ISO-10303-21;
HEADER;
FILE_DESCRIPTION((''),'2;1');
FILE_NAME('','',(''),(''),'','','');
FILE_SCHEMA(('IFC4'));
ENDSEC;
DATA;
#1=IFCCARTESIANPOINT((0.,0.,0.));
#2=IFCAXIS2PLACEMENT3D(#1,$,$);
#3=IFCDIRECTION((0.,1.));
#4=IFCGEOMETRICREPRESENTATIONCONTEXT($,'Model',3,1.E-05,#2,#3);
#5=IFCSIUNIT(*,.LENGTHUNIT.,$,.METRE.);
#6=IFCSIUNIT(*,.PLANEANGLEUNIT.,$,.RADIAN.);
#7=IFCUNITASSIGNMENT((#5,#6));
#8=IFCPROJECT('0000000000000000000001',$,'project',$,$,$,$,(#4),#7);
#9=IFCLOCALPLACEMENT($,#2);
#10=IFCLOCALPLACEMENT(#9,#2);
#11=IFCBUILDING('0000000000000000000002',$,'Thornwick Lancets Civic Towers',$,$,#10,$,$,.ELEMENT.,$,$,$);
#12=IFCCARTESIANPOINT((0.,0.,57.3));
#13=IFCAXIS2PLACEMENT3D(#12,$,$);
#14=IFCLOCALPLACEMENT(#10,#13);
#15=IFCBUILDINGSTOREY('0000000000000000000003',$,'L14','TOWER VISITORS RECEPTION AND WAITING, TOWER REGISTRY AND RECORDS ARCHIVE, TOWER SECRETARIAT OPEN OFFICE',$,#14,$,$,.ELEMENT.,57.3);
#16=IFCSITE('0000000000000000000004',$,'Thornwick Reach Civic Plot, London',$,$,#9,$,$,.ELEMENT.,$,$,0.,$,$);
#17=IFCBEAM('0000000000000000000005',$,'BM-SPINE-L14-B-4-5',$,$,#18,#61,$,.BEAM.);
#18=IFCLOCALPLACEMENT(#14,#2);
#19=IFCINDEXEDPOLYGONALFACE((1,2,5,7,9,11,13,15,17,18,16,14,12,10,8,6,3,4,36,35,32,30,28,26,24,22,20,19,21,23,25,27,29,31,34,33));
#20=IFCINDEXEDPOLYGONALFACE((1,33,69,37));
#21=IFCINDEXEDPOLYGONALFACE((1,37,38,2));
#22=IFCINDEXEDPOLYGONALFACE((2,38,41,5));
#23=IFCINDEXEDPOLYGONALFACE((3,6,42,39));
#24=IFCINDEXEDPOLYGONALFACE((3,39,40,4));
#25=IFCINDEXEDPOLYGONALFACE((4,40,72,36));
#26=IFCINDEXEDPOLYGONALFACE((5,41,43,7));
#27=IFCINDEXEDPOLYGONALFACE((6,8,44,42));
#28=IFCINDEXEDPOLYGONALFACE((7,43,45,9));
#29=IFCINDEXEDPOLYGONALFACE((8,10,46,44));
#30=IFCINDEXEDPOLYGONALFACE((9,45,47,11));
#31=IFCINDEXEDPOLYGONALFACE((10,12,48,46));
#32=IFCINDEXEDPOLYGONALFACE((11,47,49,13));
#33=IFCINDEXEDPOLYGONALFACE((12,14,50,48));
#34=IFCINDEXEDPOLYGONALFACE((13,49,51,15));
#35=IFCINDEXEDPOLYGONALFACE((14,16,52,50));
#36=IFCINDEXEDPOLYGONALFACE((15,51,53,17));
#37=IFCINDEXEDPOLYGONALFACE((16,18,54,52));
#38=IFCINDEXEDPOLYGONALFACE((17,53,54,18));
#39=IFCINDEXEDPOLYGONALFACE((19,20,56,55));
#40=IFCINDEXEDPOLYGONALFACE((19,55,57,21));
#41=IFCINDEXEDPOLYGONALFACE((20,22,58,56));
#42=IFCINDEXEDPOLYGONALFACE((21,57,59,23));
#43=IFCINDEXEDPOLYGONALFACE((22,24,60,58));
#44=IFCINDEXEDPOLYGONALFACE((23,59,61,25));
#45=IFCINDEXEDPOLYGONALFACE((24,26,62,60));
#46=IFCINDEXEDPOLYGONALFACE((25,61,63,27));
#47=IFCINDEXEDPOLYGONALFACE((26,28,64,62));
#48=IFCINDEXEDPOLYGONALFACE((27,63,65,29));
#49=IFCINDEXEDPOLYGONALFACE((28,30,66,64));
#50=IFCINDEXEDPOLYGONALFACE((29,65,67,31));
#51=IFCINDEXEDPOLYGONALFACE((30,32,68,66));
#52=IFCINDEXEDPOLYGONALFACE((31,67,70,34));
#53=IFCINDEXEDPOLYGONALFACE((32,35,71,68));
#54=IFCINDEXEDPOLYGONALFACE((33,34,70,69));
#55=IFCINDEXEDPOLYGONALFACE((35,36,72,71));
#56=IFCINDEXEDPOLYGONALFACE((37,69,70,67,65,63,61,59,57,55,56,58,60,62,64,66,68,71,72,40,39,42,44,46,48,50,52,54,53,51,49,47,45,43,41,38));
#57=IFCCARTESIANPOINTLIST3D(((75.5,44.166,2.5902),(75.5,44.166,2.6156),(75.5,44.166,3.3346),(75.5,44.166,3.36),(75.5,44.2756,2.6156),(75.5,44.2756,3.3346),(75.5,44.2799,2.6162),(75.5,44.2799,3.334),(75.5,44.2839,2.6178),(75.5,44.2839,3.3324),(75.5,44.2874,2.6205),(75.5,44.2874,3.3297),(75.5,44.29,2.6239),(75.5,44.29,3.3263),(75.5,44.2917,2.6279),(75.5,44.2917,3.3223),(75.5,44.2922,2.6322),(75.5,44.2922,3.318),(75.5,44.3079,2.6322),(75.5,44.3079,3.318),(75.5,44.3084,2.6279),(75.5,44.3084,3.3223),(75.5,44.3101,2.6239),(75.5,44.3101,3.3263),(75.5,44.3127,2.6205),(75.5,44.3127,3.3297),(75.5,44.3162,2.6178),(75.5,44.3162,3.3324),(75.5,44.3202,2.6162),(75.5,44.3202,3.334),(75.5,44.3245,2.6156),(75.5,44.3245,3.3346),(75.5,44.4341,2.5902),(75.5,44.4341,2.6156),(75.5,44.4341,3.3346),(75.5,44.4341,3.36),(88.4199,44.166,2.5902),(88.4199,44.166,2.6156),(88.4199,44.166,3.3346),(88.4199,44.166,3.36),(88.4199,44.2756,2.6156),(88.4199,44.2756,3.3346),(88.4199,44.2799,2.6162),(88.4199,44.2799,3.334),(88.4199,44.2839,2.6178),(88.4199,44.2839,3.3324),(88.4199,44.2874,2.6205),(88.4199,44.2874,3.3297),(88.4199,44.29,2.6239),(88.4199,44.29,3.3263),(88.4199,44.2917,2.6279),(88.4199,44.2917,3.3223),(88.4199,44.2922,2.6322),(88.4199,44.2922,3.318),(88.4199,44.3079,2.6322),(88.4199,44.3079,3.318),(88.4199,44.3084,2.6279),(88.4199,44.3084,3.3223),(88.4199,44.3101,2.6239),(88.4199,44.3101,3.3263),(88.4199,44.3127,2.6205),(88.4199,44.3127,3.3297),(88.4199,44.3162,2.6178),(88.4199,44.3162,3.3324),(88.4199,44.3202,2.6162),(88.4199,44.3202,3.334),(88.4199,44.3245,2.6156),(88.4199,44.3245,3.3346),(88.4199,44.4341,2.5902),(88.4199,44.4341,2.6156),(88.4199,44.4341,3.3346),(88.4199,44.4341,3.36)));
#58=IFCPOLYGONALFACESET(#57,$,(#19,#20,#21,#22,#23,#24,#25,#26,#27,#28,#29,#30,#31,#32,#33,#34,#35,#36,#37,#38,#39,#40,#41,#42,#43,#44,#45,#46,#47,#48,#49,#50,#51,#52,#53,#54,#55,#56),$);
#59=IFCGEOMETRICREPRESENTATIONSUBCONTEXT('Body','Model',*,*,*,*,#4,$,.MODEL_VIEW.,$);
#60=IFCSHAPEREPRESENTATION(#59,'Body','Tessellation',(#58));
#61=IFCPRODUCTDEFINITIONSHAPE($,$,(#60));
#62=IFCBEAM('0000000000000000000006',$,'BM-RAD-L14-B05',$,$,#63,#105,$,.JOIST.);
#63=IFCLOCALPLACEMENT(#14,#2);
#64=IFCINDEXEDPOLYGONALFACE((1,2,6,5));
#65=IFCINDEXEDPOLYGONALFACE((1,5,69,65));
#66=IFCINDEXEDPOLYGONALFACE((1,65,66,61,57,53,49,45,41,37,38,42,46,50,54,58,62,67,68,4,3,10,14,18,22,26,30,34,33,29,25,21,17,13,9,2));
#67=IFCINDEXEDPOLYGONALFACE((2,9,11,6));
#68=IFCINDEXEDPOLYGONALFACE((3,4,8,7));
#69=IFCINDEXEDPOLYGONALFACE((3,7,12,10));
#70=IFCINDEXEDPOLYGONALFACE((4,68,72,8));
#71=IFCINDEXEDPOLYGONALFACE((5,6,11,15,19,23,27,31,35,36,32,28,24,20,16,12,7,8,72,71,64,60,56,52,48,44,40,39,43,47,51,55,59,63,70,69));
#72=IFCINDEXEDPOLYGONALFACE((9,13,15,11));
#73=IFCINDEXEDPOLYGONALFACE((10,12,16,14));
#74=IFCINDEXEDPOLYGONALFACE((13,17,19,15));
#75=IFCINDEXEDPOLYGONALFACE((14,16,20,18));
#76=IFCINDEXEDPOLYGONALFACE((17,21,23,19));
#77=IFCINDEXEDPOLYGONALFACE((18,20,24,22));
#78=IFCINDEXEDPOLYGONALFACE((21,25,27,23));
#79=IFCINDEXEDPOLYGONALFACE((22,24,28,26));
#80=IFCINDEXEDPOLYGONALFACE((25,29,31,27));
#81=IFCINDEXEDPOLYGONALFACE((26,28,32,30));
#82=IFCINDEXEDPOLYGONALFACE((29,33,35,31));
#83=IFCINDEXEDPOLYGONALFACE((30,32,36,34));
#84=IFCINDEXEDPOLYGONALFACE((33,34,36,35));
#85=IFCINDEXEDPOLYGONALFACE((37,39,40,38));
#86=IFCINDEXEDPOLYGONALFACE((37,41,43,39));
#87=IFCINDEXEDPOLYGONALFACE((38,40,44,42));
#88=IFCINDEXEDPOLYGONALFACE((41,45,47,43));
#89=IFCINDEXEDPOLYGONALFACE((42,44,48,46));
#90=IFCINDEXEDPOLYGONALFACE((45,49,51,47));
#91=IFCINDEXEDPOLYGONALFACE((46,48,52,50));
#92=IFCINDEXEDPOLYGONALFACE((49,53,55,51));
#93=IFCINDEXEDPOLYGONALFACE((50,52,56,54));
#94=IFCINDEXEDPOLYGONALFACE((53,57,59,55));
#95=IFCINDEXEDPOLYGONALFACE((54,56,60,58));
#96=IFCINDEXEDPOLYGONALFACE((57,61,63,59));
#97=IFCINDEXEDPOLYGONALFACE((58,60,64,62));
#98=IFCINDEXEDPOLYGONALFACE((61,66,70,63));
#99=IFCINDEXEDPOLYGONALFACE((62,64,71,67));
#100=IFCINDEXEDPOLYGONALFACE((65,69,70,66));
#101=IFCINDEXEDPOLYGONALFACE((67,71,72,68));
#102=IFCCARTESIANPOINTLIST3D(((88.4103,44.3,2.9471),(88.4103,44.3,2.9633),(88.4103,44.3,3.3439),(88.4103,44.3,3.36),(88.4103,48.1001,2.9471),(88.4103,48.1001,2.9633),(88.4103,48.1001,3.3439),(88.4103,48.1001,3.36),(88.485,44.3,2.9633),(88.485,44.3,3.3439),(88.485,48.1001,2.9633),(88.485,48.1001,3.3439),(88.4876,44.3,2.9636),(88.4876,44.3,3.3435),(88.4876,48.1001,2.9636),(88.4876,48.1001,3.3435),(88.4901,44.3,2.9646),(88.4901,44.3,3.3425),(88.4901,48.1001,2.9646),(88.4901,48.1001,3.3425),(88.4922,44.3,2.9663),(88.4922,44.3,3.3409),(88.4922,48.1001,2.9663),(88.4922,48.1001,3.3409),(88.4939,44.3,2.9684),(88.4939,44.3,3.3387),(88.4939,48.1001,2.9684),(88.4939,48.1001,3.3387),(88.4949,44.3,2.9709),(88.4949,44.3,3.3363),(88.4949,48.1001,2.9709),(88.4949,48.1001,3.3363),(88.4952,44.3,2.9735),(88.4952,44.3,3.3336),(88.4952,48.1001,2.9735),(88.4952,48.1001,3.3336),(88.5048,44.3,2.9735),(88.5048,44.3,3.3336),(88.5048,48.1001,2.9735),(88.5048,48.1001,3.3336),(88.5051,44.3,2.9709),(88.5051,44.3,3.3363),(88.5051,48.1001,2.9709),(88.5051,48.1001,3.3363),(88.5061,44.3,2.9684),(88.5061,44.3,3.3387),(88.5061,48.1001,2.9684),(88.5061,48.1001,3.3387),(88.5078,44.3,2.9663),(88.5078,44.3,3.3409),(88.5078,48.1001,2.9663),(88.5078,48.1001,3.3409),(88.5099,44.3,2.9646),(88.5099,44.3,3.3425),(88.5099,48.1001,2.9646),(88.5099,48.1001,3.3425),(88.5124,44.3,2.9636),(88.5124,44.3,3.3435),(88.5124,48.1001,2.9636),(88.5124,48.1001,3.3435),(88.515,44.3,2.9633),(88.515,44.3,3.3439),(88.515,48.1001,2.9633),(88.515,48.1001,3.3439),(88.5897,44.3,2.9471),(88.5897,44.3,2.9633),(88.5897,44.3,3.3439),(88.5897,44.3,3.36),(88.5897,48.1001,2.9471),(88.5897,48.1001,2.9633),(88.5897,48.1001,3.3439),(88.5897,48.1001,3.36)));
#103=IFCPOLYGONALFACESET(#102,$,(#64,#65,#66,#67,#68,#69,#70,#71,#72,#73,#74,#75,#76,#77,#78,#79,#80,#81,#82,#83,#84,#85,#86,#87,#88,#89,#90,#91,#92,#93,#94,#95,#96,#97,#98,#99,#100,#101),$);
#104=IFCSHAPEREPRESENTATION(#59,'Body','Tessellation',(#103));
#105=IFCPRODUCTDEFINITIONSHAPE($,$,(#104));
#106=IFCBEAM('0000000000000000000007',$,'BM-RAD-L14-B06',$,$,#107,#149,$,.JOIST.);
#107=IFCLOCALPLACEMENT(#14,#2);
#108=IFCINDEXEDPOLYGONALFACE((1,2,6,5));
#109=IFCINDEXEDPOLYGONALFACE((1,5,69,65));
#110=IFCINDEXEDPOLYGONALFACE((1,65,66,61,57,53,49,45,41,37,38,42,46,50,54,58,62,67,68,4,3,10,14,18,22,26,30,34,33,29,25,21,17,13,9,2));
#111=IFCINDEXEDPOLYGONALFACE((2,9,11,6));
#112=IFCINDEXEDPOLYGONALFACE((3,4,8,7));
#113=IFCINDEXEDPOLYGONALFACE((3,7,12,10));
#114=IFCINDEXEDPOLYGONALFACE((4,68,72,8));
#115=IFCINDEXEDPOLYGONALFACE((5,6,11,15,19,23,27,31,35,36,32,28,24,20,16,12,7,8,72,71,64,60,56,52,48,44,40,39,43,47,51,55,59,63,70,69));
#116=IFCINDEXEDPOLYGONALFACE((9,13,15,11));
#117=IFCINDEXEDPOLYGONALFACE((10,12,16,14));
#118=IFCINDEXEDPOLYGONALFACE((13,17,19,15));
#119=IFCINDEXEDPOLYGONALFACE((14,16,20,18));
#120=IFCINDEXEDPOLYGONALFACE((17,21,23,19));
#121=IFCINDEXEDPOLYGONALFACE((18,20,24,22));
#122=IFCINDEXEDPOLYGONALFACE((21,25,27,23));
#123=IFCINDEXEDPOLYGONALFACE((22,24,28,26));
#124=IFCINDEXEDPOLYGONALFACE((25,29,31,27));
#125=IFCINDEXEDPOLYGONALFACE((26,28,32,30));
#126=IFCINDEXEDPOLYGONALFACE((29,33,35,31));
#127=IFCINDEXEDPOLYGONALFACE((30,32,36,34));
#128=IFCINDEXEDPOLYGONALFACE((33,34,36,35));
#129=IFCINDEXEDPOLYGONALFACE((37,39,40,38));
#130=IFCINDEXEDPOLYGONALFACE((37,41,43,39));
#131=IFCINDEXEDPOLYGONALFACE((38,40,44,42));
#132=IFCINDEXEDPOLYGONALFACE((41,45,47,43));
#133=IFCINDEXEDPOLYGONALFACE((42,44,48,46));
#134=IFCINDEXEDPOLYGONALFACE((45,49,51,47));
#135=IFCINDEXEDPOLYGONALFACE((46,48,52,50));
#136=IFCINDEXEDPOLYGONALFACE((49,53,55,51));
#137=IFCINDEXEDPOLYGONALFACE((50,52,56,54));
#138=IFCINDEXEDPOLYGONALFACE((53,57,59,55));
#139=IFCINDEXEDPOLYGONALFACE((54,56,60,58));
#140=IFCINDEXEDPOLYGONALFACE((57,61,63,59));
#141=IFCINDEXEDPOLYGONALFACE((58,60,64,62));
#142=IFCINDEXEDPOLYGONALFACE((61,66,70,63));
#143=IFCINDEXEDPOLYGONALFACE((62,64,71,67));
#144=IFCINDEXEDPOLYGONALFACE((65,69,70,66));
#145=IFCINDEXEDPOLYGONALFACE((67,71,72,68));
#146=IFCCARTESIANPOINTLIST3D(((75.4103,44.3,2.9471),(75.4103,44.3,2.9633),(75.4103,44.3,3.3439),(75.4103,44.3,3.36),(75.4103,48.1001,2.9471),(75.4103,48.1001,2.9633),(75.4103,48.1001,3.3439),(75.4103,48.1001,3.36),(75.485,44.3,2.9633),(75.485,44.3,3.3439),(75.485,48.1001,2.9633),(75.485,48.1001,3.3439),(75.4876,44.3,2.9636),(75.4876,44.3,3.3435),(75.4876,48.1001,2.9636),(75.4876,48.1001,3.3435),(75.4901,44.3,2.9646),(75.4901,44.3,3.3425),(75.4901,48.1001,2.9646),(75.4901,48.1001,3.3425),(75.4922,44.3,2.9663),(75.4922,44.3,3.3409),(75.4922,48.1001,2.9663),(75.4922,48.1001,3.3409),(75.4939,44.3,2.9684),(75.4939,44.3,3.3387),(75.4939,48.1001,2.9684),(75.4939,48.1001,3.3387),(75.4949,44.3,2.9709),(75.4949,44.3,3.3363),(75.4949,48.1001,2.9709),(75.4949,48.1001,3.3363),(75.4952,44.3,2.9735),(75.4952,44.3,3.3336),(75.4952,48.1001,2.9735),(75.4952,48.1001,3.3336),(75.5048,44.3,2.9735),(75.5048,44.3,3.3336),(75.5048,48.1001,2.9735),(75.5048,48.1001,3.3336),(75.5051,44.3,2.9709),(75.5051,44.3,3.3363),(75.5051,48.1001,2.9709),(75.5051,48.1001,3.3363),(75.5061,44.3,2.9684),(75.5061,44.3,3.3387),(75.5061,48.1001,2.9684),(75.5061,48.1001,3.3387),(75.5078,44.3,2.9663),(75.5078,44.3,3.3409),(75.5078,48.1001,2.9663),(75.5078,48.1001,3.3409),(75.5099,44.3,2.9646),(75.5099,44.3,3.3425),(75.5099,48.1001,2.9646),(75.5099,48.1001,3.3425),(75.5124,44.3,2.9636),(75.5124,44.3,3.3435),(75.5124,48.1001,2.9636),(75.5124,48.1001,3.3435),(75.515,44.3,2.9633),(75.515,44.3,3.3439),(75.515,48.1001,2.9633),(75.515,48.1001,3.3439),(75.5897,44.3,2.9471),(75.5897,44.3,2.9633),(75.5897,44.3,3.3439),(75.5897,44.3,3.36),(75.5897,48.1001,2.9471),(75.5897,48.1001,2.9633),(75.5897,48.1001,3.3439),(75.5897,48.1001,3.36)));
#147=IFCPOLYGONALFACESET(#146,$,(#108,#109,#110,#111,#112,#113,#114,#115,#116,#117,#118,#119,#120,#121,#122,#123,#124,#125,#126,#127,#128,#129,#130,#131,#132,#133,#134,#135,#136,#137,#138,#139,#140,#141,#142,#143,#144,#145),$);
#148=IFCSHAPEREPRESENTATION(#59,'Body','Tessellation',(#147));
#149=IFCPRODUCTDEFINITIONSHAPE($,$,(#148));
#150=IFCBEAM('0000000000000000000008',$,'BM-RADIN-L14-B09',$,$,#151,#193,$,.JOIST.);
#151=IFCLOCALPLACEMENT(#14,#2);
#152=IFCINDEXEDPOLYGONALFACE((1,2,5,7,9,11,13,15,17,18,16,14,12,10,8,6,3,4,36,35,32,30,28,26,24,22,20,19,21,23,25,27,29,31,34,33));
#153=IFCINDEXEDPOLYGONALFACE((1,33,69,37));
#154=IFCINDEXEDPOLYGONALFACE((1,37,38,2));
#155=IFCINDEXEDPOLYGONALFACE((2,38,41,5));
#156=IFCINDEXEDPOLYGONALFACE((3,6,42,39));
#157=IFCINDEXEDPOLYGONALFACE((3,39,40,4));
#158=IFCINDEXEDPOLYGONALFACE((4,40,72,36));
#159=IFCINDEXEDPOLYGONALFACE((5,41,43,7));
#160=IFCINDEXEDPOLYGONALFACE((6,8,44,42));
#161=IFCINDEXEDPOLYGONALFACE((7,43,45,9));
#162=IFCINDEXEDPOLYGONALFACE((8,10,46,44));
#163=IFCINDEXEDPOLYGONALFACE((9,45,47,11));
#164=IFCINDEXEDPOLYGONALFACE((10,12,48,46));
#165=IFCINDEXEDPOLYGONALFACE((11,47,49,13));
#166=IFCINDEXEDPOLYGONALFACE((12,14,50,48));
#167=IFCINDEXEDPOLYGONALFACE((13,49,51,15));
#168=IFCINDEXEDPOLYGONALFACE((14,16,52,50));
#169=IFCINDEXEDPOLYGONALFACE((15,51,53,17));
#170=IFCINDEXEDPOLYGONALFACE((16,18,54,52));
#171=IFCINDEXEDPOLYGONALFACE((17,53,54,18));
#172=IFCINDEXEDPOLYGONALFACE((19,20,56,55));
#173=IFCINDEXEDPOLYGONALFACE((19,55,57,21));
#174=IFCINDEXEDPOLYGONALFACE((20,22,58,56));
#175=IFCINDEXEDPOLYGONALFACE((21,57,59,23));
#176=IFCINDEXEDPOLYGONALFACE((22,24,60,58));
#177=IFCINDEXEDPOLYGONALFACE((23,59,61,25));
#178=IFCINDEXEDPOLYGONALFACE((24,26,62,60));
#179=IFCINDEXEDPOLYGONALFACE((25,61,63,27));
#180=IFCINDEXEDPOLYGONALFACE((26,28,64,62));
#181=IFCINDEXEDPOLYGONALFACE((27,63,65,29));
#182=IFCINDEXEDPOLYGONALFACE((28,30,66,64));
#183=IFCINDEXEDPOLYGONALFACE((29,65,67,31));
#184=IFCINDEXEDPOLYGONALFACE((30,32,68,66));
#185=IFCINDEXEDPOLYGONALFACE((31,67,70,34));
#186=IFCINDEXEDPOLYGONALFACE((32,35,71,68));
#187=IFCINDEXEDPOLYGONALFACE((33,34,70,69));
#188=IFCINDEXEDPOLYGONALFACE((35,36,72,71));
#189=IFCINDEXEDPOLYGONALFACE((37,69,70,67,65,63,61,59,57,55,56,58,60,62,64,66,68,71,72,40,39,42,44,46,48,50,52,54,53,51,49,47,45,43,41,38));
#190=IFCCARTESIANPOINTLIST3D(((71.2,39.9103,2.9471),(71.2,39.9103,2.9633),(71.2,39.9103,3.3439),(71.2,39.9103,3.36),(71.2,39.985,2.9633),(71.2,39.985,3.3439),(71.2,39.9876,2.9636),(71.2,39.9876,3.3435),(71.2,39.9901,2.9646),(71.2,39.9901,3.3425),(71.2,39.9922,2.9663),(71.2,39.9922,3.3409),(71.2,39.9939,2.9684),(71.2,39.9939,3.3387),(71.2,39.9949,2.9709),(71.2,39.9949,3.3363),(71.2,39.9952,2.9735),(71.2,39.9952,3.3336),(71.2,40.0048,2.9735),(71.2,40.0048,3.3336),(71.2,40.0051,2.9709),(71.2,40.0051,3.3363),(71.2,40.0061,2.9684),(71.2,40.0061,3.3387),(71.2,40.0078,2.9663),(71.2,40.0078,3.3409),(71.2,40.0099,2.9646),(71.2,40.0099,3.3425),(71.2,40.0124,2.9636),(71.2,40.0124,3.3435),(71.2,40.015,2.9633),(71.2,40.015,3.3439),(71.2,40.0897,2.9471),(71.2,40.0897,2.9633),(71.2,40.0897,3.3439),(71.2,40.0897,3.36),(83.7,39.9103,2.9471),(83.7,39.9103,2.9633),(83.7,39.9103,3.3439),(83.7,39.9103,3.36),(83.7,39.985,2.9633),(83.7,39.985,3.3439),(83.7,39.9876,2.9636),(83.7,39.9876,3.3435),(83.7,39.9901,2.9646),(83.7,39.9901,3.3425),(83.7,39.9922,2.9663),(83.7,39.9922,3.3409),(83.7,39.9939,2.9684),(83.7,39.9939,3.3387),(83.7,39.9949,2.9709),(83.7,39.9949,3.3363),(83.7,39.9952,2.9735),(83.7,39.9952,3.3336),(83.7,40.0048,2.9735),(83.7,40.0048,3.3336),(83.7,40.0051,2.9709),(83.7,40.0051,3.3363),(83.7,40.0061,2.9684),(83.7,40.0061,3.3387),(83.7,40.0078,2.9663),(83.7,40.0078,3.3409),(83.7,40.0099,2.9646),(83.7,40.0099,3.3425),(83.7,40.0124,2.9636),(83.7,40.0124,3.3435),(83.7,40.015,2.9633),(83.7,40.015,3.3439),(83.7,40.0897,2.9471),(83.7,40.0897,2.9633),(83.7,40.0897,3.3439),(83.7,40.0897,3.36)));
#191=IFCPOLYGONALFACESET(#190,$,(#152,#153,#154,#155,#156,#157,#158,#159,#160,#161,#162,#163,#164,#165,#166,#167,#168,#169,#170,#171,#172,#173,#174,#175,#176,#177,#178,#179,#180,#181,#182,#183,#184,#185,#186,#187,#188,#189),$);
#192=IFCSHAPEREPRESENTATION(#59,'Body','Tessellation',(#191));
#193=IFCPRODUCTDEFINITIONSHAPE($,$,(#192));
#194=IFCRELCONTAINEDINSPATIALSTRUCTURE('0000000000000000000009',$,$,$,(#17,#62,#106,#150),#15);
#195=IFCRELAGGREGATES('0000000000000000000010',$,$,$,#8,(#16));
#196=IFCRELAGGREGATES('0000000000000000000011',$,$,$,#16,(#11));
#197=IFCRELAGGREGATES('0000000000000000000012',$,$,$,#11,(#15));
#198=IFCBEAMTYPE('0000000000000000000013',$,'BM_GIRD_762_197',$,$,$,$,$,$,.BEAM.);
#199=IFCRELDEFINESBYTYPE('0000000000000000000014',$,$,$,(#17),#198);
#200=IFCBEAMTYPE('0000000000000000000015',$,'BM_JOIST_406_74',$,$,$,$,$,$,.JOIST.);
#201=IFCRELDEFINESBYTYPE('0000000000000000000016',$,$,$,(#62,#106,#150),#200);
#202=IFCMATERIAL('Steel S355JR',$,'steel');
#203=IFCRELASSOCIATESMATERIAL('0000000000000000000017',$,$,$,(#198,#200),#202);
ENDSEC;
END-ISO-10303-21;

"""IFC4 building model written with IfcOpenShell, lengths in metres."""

from ifc_helpers import new_model, si_unit, direction, frame, origin, origin_2d, place, context, subcontext, project, spatial, i_section, extrude, material, material_profile, profile_set, type_object, element, save


model = new_model("IFC4")

# Units and contexts
model_context = context("Model", 3, precision=1e-05, world=origin(), true_north=direction((0.0, 1.0)))
body_context = subcontext(model_context, "Body", "Model", "MODEL_VIEW")
ifc_project = project(units=[si_unit("LENGTHUNIT", "METRE"), si_unit("PLANEANGLEUNIT", "RADIAN")], contexts=[model_context])

# Site, building, storey
site_placement = place(None, origin())
site = spatial("IfcSite", under=ifc_project, at=site_placement, Name="Thornwick Reach Civic Plot, London", CompositionType="ELEMENT", RefElevation=0.0)
building_placement = place(site_placement, origin())
building = spatial("IfcBuilding", under=site, at=building_placement, Name="Thornwick Lancets Civic Towers", CompositionType="ELEMENT")
storey_placement = place(building_placement, frame((0.0, 0.0, 57.3)))
storey = spatial("IfcBuildingStorey", under=building, at=storey_placement, Name="L14", Description="TOWER VISITORS RECEPTION AND WAITING, TOWER REGISTRY AND RECORDS ARCHIVE, TOWER SECRETARIAT OPEN OFFICE", CompositionType="ELEMENT", Elevation=57.3)

# Beams
ifc_material_1 = material(Name="Steel S355JR", Category="steel")
ifc_material_profile_1 = material_profile(ifc_material_1, i_section(OverallWidth=0.2681, OverallDepth=0.7698, WebThickness=0.0156, FlangeThickness=0.0254, FilletRadius=0.0166, at=origin_2d()), Name="UKB 762x267x197")
ifc_profile_set_1 = profile_set([ifc_material_profile_1], Name="Steel S355JR")
beam_type_1 = type_object("IfcBeamType", Name="BM_GIRD_762_197", PredefinedType="BEAM", material=ifc_profile_set_1)
beam_1_placement = place(storey_placement, frame((88.4199, 44.3, 2.9751), z_axis=(-1.0, 0.0, 0.0), x_axis=(0.0, -1.0, 0.0)))
element("IfcBeam", 1, at=beam_1_placement, inside=storey, type_object=beam_type_1, Name="BM-SPINE-L14-B-4-5", PredefinedType="BEAM", context=body_context, shape_type="SweptSolid", body=[
    extrude(i_section(OverallWidth=0.2681, OverallDepth=0.7698, WebThickness=0.0156, FlangeThickness=0.0254, FilletRadius=0.0166, at=origin_2d()), origin(), (0.0, 0.0, 1.0), 12.9199),
])
ifc_material_profile_2 = material_profile(ifc_material_1, i_section(OverallWidth=0.1794, OverallDepth=0.4128, WebThickness=0.0095, FlangeThickness=0.0161, FilletRadius=0.0103, at=origin_2d()), Name="UKB 406x178x74")
ifc_profile_set_2 = profile_set([ifc_material_profile_2], Name="Steel S355JR")
beam_type_2 = type_object("IfcBeamType", Name="BM_JOIST_406_74", PredefinedType="JOIST", material=ifc_profile_set_2)
for number, where, z_axis, x_axis, name in (
    (2, (88.5, 44.3, 3.1536), (0.0, 1.0, 0.0), (-1.0, 0.0, 0.0), "BM-RAD-L14-B05"),
    (3, (75.5, 44.3, 3.1536), (0.0, 1.0, 0.0), (-1.0, 0.0, 0.0), "BM-RAD-L14-B06"),
):
    element("IfcBeam", number, at=place(storey_placement, frame(where, z_axis=z_axis, x_axis=x_axis)), inside=storey, type_object=beam_type_2, Name=name, PredefinedType="JOIST", context=body_context, shape_type="SweptSolid", body=[
        extrude(i_section(OverallWidth=0.1794, OverallDepth=0.4128, WebThickness=0.0095, FlangeThickness=0.0161, FilletRadius=0.0103, at=origin_2d()), origin(), (0.0, 0.0, 1.0), 3.8),
    ])
beam_2_placement = place(storey_placement, frame((83.7, 40.0, 3.1536), z_axis=(-1.0, 0.0, 0.0), x_axis=(0.0, -1.0, 0.0)))
element("IfcBeam", 4, at=beam_2_placement, inside=storey, type_object=beam_type_2, Name="BM-RADIN-L14-B09", PredefinedType="JOIST", context=body_context, shape_type="SweptSolid", body=[
    extrude(i_section(OverallWidth=0.1794, OverallDepth=0.4128, WebThickness=0.0095, FlangeThickness=0.0161, FilletRadius=0.0103, at=origin_2d()), origin(), (0.0, 0.0, 1.0), 12.5),
])

save(model, "model.ifc")
